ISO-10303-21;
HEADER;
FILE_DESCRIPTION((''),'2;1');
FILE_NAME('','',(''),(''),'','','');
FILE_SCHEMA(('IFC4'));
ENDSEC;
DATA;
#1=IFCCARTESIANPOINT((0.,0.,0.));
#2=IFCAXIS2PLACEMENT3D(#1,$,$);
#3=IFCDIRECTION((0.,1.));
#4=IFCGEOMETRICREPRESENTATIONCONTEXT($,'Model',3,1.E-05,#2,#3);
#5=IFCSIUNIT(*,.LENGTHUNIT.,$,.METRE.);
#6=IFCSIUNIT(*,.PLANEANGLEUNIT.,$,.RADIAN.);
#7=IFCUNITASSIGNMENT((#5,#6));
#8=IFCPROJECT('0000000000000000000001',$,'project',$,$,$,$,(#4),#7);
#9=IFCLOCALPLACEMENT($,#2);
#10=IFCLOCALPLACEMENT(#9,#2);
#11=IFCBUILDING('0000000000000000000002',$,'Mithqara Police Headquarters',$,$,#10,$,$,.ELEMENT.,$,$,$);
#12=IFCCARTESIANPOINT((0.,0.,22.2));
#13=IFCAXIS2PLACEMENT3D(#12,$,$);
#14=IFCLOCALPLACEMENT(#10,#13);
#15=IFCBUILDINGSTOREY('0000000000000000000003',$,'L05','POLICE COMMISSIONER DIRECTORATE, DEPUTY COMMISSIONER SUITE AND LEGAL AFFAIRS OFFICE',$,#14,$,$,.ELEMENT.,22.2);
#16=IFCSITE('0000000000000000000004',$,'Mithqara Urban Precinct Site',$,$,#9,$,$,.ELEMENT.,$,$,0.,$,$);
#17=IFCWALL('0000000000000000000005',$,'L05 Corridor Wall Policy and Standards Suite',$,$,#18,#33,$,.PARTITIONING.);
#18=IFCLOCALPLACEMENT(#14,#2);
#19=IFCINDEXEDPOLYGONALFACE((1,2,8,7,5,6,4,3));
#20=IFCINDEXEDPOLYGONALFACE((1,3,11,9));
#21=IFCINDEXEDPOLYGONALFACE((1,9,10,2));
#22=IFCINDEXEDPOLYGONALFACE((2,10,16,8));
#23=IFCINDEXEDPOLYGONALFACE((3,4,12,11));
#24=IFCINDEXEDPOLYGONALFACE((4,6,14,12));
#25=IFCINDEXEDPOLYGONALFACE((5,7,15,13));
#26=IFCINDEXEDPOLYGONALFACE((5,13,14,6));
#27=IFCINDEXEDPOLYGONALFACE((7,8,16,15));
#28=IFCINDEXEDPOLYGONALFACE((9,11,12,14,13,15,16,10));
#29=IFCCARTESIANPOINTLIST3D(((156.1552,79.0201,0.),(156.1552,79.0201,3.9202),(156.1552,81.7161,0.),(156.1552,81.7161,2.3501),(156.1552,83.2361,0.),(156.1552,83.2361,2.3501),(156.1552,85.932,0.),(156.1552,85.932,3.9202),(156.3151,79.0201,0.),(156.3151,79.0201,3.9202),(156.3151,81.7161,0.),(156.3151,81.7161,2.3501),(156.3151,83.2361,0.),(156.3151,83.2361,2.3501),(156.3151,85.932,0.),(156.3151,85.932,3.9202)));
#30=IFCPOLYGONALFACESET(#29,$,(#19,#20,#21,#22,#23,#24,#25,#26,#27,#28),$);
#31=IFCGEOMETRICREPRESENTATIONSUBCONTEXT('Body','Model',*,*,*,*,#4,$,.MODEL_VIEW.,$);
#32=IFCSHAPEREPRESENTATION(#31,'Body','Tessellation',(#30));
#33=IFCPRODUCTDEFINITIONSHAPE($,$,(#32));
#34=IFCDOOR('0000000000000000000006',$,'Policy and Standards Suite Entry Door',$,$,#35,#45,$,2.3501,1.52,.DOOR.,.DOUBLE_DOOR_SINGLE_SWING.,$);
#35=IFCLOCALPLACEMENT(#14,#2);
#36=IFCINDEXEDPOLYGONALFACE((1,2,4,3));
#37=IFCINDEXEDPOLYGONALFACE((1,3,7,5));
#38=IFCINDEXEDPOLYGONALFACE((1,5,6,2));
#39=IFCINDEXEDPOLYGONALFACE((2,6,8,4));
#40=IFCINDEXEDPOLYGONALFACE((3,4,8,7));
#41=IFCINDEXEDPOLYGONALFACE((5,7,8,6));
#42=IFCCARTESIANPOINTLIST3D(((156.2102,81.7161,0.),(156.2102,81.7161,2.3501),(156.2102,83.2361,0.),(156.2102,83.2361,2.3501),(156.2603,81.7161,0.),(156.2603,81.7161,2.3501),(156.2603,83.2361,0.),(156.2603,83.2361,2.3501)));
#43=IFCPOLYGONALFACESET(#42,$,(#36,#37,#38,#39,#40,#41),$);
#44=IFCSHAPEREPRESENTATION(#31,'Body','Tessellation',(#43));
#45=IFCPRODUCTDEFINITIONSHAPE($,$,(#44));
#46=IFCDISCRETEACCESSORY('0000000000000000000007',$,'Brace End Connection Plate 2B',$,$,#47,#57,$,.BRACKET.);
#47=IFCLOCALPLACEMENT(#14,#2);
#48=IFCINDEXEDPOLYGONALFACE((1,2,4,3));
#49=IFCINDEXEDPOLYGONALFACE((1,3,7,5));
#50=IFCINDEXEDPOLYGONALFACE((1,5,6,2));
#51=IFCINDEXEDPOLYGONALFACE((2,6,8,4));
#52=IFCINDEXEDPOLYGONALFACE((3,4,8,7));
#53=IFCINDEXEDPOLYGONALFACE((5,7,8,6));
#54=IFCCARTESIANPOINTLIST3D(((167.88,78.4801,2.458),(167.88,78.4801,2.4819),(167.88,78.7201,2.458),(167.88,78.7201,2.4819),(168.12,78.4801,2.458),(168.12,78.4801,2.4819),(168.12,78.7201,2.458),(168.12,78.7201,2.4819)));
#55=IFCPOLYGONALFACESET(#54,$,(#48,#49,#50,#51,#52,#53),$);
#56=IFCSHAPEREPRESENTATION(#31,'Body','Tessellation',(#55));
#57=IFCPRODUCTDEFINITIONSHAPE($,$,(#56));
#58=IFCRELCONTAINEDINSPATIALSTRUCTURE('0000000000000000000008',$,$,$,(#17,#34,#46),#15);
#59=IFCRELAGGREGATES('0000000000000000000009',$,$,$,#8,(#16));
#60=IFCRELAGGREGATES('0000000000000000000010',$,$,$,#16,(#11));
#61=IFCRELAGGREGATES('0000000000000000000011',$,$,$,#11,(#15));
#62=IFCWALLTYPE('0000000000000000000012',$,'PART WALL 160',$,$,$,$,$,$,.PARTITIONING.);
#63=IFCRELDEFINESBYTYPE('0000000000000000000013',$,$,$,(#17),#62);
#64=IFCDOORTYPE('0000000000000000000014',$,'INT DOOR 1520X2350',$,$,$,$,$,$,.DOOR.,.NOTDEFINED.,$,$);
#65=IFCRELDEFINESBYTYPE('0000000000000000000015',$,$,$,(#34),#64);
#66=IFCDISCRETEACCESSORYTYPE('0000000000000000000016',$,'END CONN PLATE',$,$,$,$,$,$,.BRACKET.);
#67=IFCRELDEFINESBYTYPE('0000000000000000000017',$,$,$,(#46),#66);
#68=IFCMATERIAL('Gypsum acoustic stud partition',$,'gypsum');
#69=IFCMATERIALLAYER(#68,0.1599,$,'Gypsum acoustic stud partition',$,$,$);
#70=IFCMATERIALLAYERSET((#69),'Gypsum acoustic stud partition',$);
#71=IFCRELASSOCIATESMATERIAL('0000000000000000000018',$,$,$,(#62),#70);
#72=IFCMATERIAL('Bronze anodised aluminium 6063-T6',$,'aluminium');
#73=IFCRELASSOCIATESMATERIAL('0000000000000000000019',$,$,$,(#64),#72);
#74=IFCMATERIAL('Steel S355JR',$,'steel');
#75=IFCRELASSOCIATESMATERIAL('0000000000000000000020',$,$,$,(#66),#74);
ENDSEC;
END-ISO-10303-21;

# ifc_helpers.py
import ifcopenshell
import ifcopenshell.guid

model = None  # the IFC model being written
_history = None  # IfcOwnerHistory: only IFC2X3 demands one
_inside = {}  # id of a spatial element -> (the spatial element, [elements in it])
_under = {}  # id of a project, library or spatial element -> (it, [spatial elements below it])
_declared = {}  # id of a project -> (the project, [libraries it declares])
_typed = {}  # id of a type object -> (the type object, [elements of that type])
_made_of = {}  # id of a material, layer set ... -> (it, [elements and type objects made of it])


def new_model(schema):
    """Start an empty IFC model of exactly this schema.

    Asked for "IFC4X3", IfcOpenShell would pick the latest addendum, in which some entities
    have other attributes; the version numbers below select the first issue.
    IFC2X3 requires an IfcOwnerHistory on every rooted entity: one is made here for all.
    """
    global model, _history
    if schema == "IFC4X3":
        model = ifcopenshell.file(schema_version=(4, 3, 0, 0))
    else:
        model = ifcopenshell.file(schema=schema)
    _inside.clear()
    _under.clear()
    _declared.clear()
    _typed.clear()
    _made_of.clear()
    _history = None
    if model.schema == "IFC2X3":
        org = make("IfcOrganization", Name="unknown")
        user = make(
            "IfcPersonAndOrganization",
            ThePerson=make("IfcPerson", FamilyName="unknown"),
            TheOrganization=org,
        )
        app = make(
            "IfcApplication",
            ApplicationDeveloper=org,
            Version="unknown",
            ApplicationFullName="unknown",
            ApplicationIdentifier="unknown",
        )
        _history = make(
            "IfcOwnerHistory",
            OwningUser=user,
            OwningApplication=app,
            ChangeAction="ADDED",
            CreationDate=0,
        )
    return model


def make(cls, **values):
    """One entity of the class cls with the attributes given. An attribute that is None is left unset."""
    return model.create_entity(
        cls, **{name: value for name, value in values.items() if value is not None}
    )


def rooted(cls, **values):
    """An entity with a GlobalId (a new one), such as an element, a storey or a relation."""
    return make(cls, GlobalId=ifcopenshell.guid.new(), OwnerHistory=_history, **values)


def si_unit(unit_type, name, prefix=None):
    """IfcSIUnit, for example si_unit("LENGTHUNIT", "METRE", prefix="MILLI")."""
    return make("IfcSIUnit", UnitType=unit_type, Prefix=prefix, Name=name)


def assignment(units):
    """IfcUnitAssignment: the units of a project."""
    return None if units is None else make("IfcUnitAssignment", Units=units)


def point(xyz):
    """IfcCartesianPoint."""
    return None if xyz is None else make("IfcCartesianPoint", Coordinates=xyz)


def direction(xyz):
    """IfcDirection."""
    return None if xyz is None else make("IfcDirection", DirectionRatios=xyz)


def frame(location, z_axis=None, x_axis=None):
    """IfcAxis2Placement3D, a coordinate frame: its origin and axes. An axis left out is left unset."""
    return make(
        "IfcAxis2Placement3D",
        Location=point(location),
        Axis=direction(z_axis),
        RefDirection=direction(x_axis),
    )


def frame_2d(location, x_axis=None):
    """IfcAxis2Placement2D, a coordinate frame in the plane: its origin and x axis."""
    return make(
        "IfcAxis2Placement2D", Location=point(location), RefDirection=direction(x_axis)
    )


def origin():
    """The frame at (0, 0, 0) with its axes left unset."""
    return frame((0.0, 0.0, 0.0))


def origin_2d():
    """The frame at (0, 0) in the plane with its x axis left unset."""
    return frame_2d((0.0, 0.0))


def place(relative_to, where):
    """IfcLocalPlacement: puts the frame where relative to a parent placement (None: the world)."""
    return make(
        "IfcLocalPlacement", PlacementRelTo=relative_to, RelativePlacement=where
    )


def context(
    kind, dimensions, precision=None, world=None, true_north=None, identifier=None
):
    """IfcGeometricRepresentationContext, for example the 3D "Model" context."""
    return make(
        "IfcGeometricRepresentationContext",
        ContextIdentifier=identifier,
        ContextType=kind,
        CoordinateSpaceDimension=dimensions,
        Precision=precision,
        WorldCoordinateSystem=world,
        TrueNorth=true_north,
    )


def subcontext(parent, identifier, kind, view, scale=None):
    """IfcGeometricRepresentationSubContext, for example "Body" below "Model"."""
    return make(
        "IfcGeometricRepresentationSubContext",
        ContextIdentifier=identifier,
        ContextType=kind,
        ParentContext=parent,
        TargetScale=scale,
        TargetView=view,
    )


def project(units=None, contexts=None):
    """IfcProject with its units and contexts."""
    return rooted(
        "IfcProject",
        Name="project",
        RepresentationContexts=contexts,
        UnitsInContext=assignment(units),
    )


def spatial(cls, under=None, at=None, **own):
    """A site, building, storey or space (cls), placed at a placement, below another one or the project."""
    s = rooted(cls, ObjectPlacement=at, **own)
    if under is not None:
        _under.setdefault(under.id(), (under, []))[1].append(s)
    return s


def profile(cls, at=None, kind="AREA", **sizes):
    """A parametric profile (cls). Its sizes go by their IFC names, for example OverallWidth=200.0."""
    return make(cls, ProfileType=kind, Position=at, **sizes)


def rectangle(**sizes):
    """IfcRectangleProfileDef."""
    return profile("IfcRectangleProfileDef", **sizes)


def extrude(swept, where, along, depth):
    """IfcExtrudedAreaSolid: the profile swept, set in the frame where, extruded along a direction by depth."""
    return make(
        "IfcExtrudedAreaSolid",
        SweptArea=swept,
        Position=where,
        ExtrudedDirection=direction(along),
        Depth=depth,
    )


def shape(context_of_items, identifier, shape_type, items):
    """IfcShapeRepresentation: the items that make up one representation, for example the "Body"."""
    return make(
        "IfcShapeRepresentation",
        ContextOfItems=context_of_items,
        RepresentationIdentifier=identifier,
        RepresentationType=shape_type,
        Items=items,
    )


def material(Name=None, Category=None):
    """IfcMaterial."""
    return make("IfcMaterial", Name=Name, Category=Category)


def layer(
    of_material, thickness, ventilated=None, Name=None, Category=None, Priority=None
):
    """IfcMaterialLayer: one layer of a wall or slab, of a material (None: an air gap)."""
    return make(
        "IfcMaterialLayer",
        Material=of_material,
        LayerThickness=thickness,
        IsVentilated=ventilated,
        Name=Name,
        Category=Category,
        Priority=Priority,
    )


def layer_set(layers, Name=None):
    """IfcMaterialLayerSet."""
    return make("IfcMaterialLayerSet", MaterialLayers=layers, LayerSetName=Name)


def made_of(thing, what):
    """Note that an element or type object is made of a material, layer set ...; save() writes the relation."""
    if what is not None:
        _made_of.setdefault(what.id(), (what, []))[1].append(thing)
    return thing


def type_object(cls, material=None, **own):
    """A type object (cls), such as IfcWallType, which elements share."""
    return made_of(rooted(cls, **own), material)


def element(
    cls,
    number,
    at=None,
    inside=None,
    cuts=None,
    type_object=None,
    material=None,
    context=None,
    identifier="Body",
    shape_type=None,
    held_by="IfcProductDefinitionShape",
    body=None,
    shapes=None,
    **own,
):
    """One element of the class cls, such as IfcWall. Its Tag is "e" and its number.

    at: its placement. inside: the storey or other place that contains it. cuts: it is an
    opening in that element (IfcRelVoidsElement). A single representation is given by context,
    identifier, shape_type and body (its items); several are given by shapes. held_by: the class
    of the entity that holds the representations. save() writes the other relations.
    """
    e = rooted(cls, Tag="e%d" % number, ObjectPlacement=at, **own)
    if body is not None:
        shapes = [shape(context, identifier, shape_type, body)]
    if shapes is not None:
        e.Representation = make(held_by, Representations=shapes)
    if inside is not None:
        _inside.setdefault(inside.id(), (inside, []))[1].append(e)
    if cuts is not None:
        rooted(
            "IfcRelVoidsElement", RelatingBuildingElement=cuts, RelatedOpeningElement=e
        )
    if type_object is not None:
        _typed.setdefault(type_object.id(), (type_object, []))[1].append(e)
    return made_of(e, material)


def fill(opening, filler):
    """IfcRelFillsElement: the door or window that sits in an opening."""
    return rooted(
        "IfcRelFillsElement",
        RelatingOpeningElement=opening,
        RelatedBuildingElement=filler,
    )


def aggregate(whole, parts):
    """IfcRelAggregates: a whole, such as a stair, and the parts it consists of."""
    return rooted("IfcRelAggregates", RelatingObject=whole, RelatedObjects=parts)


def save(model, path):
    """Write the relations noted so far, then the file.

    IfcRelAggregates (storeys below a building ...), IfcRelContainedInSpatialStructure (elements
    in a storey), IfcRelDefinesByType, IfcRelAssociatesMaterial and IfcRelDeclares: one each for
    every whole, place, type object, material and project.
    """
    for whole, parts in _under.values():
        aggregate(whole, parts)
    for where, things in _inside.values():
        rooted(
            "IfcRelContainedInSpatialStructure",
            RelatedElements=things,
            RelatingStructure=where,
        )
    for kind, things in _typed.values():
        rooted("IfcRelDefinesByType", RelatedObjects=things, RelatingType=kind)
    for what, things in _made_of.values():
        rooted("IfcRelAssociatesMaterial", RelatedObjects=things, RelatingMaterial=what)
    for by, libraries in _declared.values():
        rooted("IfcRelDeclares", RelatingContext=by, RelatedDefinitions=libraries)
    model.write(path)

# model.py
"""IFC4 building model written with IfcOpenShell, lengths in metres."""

from ifc_helpers import new_model, si_unit, direction, frame, frame_2d, origin, origin_2d, place, context, subcontext, project, spatial, rectangle, extrude, material, layer, layer_set, type_object, element, fill, save


model = new_model("IFC4")

# Units and contexts
model_context = context("Model", 3, precision=1e-05, world=origin(), true_north=direction((0.0, 1.0)))
body_context = subcontext(model_context, "Body", "Model", "MODEL_VIEW")
ifc_project = project(units=[si_unit("LENGTHUNIT", "METRE"), si_unit("PLANEANGLEUNIT", "RADIAN")], contexts=[model_context])

# Site, building, storey
site_placement = place(None, origin())
site = spatial("IfcSite", under=ifc_project, at=site_placement, Name="Mithqara Urban Precinct Site", CompositionType="ELEMENT", RefElevation=0.0)
building_placement = place(site_placement, origin())
building = spatial("IfcBuilding", under=site, at=building_placement, Name="Mithqara Police Headquarters", CompositionType="ELEMENT")
storey_placement = place(building_placement, frame((0.0, 0.0, 22.2)))
storey = spatial("IfcBuildingStorey", under=building, at=storey_placement, Name="L05", Description="POLICE COMMISSIONER DIRECTORATE, DEPUTY COMMISSIONER SUITE AND LEGAL AFFAIRS OFFICE", CompositionType="ELEMENT", Elevation=22.2)

# Shared definitions
ifc_material_1 = material(Name="Steel S355JR", Category="steel")

# Shared definitions
ifc_material_2 = material(Name="Gypsum acoustic stud partition", Category="gypsum")
ifc_layer = layer(ifc_material_2, 0.1599, Name="Gypsum acoustic stud partition")
ifc_layer_set = layer_set([ifc_layer], Name="Gypsum acoustic stud partition")
wall_type = type_object("IfcWallType", Name="PART WALL 160", PredefinedType="PARTITIONING", material=ifc_layer_set)

# Wall, opening, door
ifc_material_3 = material(Name="Bronze anodised aluminium 6063-T6", Category="aluminium")
wall_1_placement = place(storey_placement, frame((156.2351, 79.02, 0.0), z_axis=(0.0, 0.0, 1.0), x_axis=(0.0, 1.0, 0.0)))
wall_1 = element("IfcWall", 1, at=wall_1_placement, inside=storey, type_object=wall_type, Name="L05 Corridor Wall Policy and Standards Suite", PredefinedType="PARTITIONING", context=body_context, shape_type="SweptSolid", body=[
    extrude(rectangle(XDim=6.9119, YDim=0.1599, at=frame_2d((3.4561, 0.0))), origin(), (0.0, 0.0, 1.0), 3.9202),
])
opening_1_placement = place(wall_1_placement, frame((2.696, 0.0, 0.0)))
opening_1 = element("IfcOpeningElement", 2, at=opening_1_placement, cuts=wall_1, PredefinedType="OPENING", context=body_context, shape_type="SweptSolid", body=[
    extrude(rectangle(XDim=1.52, YDim=2.3501, at=frame_2d((0.76, 1.175))), frame((0.0, 0.0898, 0.0), z_axis=(0.0, -1.0, 0.0), x_axis=(1.0, 0.0, 0.0)), (0.0, 0.0, 1.0), 0.1799),
])
door_type_1 = type_object("IfcDoorType", Name="INT DOOR 1520X2350", OperationType="NOTDEFINED", PredefinedType="DOOR", material=ifc_material_3)
door_1_placement = place(opening_1_placement, origin())
door_1 = element("IfcDoor", 3, at=door_1_placement, inside=storey, type_object=door_type_1, Name="Policy and Standards Suite Entry Door", OperationType="DOUBLE_DOOR_SINGLE_SWING", OverallHeight=2.3501, OverallWidth=1.52, PredefinedType="DOOR", context=body_context, shape_type="SweptSolid", body=[
    extrude(rectangle(XDim=1.52, YDim=2.3501, at=frame_2d((0.76, 1.175))), frame((0.0, 0.0249, 0.0), z_axis=(0.0, -1.0, 0.0), x_axis=(1.0, 0.0, 0.0)), (0.0, 0.0, 1.0), 0.05),
])
fill(opening_1, door_1)

# Discrete accessory
discrete_accessory_type = type_object("IfcDiscreteAccessoryType", Name="END CONN PLATE", PredefinedType="BRACKET", material=ifc_material_1)
discrete_accessory_placement = place(storey_placement, frame((168.0, 78.6001, 2.458), z_axis=(0.0, 0.0, 1.0), x_axis=(1.0, 0.0, 0.0)))
element("IfcDiscreteAccessory", 4, at=discrete_accessory_placement, inside=storey, type_object=discrete_accessory_type, Name="Brace End Connection Plate 2B", PredefinedType="BRACKET", context=body_context, shape_type="SweptSolid", body=[
    extrude(rectangle(XDim=0.24, YDim=0.24, at=origin_2d()), origin(), (0.0, 0.0, 1.0), 0.0239),
])

save(model, "model.ifc")
